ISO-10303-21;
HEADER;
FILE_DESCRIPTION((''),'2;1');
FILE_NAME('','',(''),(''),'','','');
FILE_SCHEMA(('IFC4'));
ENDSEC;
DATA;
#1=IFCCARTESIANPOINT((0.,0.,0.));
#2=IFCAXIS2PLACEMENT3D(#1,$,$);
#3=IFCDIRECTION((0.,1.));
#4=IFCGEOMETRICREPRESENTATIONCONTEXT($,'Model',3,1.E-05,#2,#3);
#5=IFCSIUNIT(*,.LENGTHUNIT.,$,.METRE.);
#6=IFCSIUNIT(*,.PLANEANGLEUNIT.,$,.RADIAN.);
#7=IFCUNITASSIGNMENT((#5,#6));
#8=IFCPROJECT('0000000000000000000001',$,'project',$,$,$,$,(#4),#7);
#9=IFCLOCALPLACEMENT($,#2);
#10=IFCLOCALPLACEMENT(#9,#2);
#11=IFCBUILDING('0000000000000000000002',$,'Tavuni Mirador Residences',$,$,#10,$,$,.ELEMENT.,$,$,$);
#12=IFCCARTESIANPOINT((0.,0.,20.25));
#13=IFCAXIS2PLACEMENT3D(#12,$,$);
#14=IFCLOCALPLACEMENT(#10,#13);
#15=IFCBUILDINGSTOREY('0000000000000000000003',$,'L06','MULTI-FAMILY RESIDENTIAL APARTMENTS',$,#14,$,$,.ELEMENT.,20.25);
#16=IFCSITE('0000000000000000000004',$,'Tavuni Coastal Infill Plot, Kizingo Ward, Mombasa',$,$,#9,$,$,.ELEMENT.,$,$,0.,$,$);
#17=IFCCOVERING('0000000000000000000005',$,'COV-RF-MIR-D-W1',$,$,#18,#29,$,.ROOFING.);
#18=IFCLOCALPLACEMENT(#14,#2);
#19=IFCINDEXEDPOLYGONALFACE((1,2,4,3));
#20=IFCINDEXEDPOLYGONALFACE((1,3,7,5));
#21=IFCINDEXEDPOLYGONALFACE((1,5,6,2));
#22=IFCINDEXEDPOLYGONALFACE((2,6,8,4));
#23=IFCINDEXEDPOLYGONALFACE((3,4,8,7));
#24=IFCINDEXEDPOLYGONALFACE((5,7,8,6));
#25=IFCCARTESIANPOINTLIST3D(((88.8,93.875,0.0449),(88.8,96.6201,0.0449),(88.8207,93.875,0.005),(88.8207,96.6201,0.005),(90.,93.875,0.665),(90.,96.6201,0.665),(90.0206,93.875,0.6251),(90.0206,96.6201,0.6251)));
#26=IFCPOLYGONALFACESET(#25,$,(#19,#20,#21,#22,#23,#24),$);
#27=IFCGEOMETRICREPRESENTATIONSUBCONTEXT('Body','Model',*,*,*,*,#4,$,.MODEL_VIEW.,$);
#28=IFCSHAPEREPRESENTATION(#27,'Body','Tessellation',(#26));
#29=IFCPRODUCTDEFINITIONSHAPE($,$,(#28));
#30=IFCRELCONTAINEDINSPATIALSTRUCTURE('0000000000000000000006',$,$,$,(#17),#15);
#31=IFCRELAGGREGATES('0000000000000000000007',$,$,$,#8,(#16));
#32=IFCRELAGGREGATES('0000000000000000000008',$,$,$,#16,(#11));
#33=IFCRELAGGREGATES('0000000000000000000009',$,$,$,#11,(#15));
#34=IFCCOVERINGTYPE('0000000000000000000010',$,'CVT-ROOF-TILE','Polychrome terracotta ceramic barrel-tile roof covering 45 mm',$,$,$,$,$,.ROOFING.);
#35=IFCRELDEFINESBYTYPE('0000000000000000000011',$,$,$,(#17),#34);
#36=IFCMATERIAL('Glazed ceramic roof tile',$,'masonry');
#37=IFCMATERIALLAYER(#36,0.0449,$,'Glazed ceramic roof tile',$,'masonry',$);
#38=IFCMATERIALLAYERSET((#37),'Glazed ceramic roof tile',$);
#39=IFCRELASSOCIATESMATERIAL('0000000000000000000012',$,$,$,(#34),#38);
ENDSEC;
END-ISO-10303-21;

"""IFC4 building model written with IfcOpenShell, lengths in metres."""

from ifc_helpers import new_model, si_unit, direction, frame, origin, place, context, subcontext, project, spatial, polyline, outline, extrude, material, layer, layer_set, type_object, element, save


model = new_model("IFC4")

# Units and contexts
model_context = context("Model", 3, precision=1e-05, world=origin(), true_north=direction((0.0, 1.0)))
body_context = subcontext(model_context, "Body", "Model", "MODEL_VIEW")
ifc_project = project(units=[si_unit("LENGTHUNIT", "METRE"), si_unit("PLANEANGLEUNIT", "RADIAN")], contexts=[model_context])

# Site, building, storey
site_placement = place(None, origin())
site = spatial("IfcSite", under=ifc_project, at=site_placement, Name="Tavuni Coastal Infill Plot, Kizingo Ward, Mombasa", CompositionType="ELEMENT", RefElevation=0.0)
building_placement = place(site_placement, origin())
building = spatial("IfcBuilding", under=site, at=building_placement, Name="Tavuni Mirador Residences", CompositionType="ELEMENT")
storey_placement = place(building_placement, frame((0.0, 0.0, 20.25)))
storey = spatial("IfcBuildingStorey", under=building, at=storey_placement, Name="L06", Description="MULTI-FAMILY RESIDENTIAL APARTMENTS", CompositionType="ELEMENT", Elevation=20.25)

# Covering
ifc_material_1 = material(Name="Glazed ceramic roof tile", Category="masonry")
ifc_layer_1 = layer(ifc_material_1, 0.0449, Name="Glazed ceramic roof tile", Category="masonry")
ifc_layer_set_1 = layer_set([ifc_layer_1], Name="Glazed ceramic roof tile")
covering_type_1 = type_object("IfcCoveringType", Name="CVT-ROOF-TILE", Description="Polychrome terracotta ceramic barrel-tile roof covering 45 mm", PredefinedType="ROOFING", material=ifc_layer_set_1)
covering_1_placement = place(storey_placement, frame((90.0, 93.875, 0.665), z_axis=(-0.459103, 0.0, 0.888383), x_axis=(0.0, 1.0, 0.0)))
element("IfcCovering", 1, at=covering_1_placement, inside=storey, type_object=covering_type_1, Name="COV-RF-MIR-D-W1", PredefinedType="ROOFING", context=body_context, shape_type="SweptSolid", body=[
    extrude(outline(polyline([(0.0, 0.0), (2.7451, 0.0), (2.7451, 1.3507), (0.0, 1.3507), (0.0, 0.0)])), origin(), (0.0, 0.0, -1.0), 0.0449),
])

save(model, "model.ifc")
